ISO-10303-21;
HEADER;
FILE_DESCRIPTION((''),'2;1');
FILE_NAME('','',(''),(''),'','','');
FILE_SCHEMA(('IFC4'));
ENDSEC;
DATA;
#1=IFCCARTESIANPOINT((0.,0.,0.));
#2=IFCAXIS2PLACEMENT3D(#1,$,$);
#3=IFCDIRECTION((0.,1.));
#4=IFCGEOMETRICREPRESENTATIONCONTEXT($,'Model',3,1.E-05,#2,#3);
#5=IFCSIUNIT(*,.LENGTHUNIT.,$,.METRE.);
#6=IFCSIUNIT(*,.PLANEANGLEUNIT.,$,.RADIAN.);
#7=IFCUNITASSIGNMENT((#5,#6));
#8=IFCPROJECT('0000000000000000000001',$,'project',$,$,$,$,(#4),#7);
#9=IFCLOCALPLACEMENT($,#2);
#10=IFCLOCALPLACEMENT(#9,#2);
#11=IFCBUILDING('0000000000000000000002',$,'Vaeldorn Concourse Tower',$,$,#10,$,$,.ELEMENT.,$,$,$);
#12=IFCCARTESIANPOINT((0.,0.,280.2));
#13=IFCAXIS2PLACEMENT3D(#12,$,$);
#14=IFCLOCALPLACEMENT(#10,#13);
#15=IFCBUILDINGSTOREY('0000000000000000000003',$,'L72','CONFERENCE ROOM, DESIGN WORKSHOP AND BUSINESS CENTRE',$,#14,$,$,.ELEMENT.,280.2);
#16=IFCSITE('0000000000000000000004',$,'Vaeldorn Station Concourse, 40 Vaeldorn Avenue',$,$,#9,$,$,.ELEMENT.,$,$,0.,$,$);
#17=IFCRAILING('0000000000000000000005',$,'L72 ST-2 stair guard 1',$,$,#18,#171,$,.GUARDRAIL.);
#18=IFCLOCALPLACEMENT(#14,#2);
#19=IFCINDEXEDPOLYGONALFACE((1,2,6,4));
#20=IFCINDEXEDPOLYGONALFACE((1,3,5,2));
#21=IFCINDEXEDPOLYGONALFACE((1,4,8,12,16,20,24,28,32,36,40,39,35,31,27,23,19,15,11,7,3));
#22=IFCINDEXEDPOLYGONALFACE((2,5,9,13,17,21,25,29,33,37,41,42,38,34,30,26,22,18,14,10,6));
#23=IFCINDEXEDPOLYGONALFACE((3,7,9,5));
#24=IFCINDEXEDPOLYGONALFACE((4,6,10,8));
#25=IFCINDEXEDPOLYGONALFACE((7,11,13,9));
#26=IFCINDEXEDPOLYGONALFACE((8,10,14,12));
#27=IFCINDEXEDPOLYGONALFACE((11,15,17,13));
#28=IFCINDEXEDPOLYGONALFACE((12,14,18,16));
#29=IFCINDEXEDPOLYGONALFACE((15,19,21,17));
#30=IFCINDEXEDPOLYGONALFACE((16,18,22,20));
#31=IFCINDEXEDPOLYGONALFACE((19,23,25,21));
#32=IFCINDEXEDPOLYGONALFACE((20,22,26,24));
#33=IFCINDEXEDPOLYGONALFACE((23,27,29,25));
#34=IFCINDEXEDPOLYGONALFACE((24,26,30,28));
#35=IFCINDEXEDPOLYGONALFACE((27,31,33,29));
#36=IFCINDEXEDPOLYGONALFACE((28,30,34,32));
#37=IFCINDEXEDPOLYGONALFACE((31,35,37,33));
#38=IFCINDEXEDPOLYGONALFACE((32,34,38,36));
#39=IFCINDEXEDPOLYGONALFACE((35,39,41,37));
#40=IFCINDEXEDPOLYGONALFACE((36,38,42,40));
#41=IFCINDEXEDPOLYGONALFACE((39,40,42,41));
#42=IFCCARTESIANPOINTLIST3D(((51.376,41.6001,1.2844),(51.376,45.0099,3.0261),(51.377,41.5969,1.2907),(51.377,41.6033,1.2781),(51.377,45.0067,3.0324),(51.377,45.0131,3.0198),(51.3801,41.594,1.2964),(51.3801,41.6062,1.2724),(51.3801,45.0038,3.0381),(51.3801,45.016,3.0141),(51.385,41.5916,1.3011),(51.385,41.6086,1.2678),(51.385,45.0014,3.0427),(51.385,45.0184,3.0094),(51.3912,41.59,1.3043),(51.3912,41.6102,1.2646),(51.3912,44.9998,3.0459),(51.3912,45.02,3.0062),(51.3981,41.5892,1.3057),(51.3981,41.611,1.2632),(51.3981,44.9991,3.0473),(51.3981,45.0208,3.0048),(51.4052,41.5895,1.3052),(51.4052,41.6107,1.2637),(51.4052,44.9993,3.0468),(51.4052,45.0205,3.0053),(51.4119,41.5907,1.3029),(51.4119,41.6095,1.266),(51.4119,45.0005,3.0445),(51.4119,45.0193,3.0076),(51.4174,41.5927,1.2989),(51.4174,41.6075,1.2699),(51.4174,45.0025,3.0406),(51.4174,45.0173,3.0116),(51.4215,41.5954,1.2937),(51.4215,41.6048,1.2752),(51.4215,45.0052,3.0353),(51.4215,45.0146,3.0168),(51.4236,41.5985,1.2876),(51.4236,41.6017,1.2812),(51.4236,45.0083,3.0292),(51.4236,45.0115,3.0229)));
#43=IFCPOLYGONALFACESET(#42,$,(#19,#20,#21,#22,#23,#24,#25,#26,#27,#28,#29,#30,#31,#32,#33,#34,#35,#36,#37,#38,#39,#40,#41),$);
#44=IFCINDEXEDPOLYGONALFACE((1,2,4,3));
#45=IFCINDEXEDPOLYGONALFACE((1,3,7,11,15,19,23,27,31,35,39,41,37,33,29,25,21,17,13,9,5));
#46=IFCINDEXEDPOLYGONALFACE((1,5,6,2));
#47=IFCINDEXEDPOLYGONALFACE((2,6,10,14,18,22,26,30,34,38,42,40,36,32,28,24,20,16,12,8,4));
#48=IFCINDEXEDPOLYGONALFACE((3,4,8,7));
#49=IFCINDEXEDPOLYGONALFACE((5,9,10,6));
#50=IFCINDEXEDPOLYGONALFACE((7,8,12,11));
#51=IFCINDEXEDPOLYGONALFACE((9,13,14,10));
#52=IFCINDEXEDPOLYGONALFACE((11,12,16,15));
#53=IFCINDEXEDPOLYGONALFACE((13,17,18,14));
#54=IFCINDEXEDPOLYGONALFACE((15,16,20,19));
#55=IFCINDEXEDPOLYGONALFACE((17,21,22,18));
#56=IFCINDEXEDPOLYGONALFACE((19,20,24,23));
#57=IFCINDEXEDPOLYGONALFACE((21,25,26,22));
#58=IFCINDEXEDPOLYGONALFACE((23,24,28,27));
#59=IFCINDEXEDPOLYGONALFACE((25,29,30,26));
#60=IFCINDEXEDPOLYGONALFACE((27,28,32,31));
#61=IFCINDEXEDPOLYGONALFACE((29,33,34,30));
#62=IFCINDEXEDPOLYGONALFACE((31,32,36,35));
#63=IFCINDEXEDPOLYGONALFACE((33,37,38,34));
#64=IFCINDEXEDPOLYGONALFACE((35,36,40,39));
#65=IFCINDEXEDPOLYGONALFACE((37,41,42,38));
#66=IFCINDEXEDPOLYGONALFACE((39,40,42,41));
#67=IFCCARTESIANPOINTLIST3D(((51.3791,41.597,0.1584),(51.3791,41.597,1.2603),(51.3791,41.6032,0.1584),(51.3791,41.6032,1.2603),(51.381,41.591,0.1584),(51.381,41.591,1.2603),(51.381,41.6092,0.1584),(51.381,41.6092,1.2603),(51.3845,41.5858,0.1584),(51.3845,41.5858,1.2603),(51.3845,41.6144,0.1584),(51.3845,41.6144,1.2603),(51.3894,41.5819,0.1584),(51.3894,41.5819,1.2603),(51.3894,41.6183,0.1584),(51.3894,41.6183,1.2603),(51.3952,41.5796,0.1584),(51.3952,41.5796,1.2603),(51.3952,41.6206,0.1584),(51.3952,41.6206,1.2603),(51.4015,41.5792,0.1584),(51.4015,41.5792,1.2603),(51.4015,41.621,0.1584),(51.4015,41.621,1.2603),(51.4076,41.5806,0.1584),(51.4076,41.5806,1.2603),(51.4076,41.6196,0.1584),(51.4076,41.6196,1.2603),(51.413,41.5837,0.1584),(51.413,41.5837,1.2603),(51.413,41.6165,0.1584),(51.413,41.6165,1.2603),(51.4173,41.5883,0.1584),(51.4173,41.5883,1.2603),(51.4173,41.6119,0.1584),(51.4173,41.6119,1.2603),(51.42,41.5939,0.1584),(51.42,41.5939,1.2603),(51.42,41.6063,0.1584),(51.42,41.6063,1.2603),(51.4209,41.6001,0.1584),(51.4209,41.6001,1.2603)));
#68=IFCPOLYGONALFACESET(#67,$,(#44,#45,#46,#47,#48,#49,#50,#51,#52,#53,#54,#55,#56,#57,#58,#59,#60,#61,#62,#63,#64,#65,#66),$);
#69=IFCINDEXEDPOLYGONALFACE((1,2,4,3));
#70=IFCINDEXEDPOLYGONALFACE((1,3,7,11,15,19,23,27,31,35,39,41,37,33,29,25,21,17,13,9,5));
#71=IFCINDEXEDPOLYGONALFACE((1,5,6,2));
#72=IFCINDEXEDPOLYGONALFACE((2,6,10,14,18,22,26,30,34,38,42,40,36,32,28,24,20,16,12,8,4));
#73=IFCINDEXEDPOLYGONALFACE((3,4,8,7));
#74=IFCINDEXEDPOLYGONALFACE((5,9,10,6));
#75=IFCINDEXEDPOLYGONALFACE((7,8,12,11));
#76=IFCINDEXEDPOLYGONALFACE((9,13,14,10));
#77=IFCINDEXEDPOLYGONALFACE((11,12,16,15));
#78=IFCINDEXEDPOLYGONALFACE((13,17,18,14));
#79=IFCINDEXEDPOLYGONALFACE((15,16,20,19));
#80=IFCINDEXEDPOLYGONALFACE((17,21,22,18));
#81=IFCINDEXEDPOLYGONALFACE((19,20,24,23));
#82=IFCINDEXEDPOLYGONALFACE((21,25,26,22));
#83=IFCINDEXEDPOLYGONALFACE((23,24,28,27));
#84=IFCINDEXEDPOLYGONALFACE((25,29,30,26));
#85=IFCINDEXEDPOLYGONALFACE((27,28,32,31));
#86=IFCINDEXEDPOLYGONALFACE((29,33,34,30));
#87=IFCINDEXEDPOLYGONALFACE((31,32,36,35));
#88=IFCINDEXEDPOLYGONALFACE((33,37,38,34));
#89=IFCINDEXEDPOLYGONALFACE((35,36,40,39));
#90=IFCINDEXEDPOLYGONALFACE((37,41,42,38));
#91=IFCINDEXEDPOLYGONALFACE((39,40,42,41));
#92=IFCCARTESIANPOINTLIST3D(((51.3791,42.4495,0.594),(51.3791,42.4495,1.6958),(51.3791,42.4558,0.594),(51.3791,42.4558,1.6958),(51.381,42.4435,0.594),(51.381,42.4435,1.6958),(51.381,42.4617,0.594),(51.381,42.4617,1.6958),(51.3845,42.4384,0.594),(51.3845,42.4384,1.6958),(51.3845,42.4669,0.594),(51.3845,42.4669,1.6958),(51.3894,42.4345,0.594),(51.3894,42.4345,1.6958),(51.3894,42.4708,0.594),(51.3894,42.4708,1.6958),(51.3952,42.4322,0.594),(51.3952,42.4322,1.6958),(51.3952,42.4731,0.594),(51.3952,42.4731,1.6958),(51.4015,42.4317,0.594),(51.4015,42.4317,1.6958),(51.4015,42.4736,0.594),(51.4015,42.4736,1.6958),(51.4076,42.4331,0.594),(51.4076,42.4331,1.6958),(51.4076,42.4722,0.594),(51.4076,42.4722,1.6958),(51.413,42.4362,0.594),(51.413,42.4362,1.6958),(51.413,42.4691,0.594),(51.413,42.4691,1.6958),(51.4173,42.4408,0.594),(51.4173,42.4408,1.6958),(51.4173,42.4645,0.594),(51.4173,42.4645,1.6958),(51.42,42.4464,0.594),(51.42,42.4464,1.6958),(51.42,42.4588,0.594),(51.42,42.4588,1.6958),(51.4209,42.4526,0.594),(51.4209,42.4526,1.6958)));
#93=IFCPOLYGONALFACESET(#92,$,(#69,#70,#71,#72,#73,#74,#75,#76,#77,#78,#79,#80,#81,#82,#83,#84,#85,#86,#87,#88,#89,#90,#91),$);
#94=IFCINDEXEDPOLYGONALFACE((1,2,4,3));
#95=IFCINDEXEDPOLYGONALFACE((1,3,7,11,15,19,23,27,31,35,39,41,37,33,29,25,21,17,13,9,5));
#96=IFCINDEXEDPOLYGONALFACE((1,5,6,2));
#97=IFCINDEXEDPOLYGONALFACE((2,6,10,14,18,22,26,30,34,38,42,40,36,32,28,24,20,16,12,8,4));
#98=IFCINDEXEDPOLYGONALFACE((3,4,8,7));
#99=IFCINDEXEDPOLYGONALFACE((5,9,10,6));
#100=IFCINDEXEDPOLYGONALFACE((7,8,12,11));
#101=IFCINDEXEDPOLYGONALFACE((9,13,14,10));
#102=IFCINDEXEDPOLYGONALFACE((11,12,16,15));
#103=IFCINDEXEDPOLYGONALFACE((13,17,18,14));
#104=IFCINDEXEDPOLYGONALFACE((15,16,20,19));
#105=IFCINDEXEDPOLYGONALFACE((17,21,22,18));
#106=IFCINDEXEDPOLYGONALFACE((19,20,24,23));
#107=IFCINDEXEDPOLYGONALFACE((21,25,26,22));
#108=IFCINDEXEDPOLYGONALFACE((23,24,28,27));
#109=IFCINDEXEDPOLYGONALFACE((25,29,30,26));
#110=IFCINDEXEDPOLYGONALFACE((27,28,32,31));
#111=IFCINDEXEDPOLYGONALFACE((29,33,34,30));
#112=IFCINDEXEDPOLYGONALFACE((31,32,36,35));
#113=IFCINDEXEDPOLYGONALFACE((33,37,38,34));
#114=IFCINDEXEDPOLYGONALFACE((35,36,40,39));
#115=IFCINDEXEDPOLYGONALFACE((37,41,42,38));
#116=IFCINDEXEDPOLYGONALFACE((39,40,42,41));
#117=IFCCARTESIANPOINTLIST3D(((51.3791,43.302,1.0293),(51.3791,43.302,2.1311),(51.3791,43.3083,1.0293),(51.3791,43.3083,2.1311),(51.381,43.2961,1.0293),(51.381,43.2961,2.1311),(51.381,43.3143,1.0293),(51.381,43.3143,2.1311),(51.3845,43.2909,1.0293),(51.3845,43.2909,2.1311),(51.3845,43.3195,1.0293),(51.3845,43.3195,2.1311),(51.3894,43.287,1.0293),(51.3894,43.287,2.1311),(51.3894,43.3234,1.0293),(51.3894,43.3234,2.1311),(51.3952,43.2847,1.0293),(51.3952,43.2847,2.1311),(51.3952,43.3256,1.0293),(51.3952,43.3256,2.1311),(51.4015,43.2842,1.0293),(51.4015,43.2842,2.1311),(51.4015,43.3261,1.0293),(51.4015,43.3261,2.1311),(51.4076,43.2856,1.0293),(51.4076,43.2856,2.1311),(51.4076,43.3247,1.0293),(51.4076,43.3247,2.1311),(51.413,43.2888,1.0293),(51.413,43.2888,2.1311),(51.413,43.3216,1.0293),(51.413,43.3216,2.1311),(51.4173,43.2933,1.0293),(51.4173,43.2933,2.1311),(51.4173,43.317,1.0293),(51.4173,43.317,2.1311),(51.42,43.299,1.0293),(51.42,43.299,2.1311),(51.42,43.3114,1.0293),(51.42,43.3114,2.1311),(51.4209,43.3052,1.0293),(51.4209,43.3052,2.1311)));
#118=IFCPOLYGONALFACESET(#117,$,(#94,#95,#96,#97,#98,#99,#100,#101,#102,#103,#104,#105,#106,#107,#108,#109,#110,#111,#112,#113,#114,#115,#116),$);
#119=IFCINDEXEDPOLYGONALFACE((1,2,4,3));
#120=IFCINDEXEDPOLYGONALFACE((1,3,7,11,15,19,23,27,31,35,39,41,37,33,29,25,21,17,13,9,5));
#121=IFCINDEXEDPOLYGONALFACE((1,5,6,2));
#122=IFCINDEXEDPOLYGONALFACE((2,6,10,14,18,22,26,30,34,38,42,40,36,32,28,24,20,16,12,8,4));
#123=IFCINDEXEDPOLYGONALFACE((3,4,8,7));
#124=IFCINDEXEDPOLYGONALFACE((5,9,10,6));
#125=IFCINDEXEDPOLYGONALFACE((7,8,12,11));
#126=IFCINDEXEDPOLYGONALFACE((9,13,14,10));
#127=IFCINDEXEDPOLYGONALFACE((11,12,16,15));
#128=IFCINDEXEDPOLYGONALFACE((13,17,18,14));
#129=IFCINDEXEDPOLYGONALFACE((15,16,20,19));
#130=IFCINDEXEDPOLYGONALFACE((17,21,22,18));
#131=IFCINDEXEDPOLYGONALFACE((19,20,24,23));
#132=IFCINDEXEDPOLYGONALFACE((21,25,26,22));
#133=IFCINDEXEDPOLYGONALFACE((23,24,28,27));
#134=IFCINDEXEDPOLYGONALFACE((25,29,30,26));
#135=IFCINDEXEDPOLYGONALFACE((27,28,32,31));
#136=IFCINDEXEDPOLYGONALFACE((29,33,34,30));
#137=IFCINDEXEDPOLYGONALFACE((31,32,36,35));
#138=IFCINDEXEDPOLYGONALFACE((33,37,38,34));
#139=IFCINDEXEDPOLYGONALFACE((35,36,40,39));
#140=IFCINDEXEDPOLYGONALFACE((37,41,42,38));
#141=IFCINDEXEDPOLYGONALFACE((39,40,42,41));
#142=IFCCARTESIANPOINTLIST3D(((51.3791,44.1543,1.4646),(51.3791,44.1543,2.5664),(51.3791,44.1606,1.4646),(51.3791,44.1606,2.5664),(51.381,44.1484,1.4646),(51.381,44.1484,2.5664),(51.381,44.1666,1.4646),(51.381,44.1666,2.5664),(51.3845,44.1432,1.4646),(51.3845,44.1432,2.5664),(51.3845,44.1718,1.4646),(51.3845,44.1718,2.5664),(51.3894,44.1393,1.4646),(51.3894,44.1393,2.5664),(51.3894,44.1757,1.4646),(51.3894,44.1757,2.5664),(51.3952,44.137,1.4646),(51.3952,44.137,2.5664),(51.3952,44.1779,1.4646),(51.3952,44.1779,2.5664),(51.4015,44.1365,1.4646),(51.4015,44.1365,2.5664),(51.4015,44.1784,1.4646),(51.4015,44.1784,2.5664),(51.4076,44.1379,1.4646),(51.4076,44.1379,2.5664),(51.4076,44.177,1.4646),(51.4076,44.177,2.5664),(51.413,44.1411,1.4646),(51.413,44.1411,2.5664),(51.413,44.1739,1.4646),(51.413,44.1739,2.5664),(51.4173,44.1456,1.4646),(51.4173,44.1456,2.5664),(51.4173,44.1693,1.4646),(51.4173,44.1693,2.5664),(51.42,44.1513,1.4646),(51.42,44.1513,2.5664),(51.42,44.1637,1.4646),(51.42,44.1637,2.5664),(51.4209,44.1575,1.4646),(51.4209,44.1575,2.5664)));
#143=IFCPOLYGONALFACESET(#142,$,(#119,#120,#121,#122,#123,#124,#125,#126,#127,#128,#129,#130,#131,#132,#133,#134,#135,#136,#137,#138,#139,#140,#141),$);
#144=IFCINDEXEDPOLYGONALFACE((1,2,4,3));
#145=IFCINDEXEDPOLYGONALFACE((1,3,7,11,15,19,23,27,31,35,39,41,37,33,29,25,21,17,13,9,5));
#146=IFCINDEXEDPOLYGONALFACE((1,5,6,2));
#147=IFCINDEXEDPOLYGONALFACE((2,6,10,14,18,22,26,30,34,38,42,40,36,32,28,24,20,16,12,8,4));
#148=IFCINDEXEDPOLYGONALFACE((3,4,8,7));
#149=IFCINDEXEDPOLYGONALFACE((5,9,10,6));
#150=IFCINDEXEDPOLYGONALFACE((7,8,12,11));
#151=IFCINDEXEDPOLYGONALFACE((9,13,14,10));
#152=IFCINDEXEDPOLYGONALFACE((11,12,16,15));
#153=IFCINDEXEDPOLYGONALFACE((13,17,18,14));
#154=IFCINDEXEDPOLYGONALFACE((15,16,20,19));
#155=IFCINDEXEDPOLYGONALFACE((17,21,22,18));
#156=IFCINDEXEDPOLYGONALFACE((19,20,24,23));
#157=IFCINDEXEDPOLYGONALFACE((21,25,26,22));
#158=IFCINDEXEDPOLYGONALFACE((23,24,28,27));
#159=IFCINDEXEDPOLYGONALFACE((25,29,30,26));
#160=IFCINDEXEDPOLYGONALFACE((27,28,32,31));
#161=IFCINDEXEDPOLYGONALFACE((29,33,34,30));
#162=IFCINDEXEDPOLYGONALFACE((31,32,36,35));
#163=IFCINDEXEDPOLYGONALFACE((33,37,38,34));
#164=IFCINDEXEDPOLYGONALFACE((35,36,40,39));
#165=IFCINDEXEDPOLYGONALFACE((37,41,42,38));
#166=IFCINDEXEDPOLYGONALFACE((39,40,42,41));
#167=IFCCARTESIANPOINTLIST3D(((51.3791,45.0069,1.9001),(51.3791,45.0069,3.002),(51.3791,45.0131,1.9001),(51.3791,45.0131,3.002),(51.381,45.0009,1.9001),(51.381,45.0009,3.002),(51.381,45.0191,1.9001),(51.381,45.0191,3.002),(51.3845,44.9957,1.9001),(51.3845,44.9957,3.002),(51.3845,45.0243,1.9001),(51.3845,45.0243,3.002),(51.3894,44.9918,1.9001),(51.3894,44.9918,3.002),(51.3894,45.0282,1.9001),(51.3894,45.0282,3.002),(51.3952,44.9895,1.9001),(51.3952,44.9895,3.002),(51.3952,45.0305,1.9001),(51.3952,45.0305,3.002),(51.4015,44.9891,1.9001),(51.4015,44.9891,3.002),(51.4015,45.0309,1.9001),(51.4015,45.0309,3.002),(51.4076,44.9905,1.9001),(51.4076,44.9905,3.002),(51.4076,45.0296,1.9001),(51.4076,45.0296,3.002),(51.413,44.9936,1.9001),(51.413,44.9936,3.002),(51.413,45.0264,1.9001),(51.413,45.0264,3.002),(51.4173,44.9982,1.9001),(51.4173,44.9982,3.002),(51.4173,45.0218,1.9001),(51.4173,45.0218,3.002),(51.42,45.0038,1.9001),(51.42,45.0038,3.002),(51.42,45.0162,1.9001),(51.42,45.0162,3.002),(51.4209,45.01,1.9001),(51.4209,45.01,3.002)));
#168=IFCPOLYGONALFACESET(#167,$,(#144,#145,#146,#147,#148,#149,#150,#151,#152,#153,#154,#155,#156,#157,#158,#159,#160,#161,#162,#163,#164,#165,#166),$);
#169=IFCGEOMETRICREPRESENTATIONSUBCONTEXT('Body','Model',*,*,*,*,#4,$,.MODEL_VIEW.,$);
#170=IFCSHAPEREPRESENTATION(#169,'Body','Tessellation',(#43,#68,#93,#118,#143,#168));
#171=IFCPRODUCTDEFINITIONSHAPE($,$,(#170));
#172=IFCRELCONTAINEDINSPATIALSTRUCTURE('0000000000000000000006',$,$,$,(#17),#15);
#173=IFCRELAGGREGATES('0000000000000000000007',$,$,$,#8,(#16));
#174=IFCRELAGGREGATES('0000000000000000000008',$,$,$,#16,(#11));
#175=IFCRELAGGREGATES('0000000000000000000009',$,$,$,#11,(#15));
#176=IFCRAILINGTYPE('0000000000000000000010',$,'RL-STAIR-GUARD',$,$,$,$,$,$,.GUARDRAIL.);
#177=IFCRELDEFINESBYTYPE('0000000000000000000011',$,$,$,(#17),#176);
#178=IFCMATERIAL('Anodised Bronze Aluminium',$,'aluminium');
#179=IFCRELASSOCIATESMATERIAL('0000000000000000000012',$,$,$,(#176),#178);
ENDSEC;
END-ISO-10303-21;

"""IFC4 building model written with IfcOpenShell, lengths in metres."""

from ifc_helpers import new_model, si_unit, direction, frame, origin, origin_2d, place, context, subcontext, project, spatial, circle, extrude, material, type_object, element, save


model = new_model("IFC4")

# Units and contexts
model_context = context("Model", 3, precision=1e-05, world=origin(), true_north=direction((0.0, 1.0)))
body_context = subcontext(model_context, "Body", "Model", "MODEL_VIEW")
ifc_project = project(units=[si_unit("LENGTHUNIT", "METRE"), si_unit("PLANEANGLEUNIT", "RADIAN")], contexts=[model_context])

# Site, building, storey
site_placement = place(None, origin())
site = spatial("IfcSite", under=ifc_project, at=site_placement, Name="Vaeldorn Station Concourse, 40 Vaeldorn Avenue", CompositionType="ELEMENT", RefElevation=0.0)
building_placement = place(site_placement, origin())
building = spatial("IfcBuilding", under=site, at=building_placement, Name="Vaeldorn Concourse Tower", CompositionType="ELEMENT")
storey_placement = place(building_placement, frame((0.0, 0.0, 280.2)))
storey = spatial("IfcBuildingStorey", under=building, at=storey_placement, Name="L72", Description="CONFERENCE ROOM, DESIGN WORKSHOP AND BUSINESS CENTRE", CompositionType="ELEMENT", Elevation=280.2)

# Shared definitions
ifc_material_1 = material(Name="Anodised Bronze Aluminium", Category="aluminium")

# Railing
railing_type_1 = type_object("IfcRailingType", Name="RL-STAIR-GUARD", PredefinedType="GUARDRAIL", material=ifc_material_1)
railing_1_placement = place(storey_placement, frame((51.3999, 41.6001, 0.1584)))
element("IfcRailing", 1, at=railing_1_placement, inside=storey, type_object=railing_type_1, Name="L72 ST-2 stair guard 1", PredefinedType="GUARDRAIL", context=body_context, shape_type="SweptSolid", body=[
    extrude(circle(Radius=0.0239, at=origin_2d()), frame((0.0, 0.0, 1.126), z_axis=(0.0, 0.890556, 0.454874), x_axis=(-1.0, 0.0, 0.0)), (0.0, 0.0, 1.0), 3.8289),
    extrude(circle(Radius=0.021, at=origin_2d()), origin(), (0.0, 0.0, 1.0), 1.1018),
    extrude(circle(Radius=0.021, at=origin_2d()), frame((0.0, 0.8525, 0.4355)), (0.0, 0.0, 1.0), 1.1018),
    extrude(circle(Radius=0.021, at=origin_2d()), frame((0.0, 1.7051, 0.8708)), (0.0, 0.0, 1.0), 1.1018),
    extrude(circle(Radius=0.021, at=origin_2d()), frame((0.0, 2.5574, 1.3062)), (0.0, 0.0, 1.0), 1.1018),
    extrude(circle(Radius=0.021, at=origin_2d()), frame((0.0, 3.4099, 1.7417)), (0.0, 0.0, 1.0), 1.1018),
])

save(model, "model.ifc")
